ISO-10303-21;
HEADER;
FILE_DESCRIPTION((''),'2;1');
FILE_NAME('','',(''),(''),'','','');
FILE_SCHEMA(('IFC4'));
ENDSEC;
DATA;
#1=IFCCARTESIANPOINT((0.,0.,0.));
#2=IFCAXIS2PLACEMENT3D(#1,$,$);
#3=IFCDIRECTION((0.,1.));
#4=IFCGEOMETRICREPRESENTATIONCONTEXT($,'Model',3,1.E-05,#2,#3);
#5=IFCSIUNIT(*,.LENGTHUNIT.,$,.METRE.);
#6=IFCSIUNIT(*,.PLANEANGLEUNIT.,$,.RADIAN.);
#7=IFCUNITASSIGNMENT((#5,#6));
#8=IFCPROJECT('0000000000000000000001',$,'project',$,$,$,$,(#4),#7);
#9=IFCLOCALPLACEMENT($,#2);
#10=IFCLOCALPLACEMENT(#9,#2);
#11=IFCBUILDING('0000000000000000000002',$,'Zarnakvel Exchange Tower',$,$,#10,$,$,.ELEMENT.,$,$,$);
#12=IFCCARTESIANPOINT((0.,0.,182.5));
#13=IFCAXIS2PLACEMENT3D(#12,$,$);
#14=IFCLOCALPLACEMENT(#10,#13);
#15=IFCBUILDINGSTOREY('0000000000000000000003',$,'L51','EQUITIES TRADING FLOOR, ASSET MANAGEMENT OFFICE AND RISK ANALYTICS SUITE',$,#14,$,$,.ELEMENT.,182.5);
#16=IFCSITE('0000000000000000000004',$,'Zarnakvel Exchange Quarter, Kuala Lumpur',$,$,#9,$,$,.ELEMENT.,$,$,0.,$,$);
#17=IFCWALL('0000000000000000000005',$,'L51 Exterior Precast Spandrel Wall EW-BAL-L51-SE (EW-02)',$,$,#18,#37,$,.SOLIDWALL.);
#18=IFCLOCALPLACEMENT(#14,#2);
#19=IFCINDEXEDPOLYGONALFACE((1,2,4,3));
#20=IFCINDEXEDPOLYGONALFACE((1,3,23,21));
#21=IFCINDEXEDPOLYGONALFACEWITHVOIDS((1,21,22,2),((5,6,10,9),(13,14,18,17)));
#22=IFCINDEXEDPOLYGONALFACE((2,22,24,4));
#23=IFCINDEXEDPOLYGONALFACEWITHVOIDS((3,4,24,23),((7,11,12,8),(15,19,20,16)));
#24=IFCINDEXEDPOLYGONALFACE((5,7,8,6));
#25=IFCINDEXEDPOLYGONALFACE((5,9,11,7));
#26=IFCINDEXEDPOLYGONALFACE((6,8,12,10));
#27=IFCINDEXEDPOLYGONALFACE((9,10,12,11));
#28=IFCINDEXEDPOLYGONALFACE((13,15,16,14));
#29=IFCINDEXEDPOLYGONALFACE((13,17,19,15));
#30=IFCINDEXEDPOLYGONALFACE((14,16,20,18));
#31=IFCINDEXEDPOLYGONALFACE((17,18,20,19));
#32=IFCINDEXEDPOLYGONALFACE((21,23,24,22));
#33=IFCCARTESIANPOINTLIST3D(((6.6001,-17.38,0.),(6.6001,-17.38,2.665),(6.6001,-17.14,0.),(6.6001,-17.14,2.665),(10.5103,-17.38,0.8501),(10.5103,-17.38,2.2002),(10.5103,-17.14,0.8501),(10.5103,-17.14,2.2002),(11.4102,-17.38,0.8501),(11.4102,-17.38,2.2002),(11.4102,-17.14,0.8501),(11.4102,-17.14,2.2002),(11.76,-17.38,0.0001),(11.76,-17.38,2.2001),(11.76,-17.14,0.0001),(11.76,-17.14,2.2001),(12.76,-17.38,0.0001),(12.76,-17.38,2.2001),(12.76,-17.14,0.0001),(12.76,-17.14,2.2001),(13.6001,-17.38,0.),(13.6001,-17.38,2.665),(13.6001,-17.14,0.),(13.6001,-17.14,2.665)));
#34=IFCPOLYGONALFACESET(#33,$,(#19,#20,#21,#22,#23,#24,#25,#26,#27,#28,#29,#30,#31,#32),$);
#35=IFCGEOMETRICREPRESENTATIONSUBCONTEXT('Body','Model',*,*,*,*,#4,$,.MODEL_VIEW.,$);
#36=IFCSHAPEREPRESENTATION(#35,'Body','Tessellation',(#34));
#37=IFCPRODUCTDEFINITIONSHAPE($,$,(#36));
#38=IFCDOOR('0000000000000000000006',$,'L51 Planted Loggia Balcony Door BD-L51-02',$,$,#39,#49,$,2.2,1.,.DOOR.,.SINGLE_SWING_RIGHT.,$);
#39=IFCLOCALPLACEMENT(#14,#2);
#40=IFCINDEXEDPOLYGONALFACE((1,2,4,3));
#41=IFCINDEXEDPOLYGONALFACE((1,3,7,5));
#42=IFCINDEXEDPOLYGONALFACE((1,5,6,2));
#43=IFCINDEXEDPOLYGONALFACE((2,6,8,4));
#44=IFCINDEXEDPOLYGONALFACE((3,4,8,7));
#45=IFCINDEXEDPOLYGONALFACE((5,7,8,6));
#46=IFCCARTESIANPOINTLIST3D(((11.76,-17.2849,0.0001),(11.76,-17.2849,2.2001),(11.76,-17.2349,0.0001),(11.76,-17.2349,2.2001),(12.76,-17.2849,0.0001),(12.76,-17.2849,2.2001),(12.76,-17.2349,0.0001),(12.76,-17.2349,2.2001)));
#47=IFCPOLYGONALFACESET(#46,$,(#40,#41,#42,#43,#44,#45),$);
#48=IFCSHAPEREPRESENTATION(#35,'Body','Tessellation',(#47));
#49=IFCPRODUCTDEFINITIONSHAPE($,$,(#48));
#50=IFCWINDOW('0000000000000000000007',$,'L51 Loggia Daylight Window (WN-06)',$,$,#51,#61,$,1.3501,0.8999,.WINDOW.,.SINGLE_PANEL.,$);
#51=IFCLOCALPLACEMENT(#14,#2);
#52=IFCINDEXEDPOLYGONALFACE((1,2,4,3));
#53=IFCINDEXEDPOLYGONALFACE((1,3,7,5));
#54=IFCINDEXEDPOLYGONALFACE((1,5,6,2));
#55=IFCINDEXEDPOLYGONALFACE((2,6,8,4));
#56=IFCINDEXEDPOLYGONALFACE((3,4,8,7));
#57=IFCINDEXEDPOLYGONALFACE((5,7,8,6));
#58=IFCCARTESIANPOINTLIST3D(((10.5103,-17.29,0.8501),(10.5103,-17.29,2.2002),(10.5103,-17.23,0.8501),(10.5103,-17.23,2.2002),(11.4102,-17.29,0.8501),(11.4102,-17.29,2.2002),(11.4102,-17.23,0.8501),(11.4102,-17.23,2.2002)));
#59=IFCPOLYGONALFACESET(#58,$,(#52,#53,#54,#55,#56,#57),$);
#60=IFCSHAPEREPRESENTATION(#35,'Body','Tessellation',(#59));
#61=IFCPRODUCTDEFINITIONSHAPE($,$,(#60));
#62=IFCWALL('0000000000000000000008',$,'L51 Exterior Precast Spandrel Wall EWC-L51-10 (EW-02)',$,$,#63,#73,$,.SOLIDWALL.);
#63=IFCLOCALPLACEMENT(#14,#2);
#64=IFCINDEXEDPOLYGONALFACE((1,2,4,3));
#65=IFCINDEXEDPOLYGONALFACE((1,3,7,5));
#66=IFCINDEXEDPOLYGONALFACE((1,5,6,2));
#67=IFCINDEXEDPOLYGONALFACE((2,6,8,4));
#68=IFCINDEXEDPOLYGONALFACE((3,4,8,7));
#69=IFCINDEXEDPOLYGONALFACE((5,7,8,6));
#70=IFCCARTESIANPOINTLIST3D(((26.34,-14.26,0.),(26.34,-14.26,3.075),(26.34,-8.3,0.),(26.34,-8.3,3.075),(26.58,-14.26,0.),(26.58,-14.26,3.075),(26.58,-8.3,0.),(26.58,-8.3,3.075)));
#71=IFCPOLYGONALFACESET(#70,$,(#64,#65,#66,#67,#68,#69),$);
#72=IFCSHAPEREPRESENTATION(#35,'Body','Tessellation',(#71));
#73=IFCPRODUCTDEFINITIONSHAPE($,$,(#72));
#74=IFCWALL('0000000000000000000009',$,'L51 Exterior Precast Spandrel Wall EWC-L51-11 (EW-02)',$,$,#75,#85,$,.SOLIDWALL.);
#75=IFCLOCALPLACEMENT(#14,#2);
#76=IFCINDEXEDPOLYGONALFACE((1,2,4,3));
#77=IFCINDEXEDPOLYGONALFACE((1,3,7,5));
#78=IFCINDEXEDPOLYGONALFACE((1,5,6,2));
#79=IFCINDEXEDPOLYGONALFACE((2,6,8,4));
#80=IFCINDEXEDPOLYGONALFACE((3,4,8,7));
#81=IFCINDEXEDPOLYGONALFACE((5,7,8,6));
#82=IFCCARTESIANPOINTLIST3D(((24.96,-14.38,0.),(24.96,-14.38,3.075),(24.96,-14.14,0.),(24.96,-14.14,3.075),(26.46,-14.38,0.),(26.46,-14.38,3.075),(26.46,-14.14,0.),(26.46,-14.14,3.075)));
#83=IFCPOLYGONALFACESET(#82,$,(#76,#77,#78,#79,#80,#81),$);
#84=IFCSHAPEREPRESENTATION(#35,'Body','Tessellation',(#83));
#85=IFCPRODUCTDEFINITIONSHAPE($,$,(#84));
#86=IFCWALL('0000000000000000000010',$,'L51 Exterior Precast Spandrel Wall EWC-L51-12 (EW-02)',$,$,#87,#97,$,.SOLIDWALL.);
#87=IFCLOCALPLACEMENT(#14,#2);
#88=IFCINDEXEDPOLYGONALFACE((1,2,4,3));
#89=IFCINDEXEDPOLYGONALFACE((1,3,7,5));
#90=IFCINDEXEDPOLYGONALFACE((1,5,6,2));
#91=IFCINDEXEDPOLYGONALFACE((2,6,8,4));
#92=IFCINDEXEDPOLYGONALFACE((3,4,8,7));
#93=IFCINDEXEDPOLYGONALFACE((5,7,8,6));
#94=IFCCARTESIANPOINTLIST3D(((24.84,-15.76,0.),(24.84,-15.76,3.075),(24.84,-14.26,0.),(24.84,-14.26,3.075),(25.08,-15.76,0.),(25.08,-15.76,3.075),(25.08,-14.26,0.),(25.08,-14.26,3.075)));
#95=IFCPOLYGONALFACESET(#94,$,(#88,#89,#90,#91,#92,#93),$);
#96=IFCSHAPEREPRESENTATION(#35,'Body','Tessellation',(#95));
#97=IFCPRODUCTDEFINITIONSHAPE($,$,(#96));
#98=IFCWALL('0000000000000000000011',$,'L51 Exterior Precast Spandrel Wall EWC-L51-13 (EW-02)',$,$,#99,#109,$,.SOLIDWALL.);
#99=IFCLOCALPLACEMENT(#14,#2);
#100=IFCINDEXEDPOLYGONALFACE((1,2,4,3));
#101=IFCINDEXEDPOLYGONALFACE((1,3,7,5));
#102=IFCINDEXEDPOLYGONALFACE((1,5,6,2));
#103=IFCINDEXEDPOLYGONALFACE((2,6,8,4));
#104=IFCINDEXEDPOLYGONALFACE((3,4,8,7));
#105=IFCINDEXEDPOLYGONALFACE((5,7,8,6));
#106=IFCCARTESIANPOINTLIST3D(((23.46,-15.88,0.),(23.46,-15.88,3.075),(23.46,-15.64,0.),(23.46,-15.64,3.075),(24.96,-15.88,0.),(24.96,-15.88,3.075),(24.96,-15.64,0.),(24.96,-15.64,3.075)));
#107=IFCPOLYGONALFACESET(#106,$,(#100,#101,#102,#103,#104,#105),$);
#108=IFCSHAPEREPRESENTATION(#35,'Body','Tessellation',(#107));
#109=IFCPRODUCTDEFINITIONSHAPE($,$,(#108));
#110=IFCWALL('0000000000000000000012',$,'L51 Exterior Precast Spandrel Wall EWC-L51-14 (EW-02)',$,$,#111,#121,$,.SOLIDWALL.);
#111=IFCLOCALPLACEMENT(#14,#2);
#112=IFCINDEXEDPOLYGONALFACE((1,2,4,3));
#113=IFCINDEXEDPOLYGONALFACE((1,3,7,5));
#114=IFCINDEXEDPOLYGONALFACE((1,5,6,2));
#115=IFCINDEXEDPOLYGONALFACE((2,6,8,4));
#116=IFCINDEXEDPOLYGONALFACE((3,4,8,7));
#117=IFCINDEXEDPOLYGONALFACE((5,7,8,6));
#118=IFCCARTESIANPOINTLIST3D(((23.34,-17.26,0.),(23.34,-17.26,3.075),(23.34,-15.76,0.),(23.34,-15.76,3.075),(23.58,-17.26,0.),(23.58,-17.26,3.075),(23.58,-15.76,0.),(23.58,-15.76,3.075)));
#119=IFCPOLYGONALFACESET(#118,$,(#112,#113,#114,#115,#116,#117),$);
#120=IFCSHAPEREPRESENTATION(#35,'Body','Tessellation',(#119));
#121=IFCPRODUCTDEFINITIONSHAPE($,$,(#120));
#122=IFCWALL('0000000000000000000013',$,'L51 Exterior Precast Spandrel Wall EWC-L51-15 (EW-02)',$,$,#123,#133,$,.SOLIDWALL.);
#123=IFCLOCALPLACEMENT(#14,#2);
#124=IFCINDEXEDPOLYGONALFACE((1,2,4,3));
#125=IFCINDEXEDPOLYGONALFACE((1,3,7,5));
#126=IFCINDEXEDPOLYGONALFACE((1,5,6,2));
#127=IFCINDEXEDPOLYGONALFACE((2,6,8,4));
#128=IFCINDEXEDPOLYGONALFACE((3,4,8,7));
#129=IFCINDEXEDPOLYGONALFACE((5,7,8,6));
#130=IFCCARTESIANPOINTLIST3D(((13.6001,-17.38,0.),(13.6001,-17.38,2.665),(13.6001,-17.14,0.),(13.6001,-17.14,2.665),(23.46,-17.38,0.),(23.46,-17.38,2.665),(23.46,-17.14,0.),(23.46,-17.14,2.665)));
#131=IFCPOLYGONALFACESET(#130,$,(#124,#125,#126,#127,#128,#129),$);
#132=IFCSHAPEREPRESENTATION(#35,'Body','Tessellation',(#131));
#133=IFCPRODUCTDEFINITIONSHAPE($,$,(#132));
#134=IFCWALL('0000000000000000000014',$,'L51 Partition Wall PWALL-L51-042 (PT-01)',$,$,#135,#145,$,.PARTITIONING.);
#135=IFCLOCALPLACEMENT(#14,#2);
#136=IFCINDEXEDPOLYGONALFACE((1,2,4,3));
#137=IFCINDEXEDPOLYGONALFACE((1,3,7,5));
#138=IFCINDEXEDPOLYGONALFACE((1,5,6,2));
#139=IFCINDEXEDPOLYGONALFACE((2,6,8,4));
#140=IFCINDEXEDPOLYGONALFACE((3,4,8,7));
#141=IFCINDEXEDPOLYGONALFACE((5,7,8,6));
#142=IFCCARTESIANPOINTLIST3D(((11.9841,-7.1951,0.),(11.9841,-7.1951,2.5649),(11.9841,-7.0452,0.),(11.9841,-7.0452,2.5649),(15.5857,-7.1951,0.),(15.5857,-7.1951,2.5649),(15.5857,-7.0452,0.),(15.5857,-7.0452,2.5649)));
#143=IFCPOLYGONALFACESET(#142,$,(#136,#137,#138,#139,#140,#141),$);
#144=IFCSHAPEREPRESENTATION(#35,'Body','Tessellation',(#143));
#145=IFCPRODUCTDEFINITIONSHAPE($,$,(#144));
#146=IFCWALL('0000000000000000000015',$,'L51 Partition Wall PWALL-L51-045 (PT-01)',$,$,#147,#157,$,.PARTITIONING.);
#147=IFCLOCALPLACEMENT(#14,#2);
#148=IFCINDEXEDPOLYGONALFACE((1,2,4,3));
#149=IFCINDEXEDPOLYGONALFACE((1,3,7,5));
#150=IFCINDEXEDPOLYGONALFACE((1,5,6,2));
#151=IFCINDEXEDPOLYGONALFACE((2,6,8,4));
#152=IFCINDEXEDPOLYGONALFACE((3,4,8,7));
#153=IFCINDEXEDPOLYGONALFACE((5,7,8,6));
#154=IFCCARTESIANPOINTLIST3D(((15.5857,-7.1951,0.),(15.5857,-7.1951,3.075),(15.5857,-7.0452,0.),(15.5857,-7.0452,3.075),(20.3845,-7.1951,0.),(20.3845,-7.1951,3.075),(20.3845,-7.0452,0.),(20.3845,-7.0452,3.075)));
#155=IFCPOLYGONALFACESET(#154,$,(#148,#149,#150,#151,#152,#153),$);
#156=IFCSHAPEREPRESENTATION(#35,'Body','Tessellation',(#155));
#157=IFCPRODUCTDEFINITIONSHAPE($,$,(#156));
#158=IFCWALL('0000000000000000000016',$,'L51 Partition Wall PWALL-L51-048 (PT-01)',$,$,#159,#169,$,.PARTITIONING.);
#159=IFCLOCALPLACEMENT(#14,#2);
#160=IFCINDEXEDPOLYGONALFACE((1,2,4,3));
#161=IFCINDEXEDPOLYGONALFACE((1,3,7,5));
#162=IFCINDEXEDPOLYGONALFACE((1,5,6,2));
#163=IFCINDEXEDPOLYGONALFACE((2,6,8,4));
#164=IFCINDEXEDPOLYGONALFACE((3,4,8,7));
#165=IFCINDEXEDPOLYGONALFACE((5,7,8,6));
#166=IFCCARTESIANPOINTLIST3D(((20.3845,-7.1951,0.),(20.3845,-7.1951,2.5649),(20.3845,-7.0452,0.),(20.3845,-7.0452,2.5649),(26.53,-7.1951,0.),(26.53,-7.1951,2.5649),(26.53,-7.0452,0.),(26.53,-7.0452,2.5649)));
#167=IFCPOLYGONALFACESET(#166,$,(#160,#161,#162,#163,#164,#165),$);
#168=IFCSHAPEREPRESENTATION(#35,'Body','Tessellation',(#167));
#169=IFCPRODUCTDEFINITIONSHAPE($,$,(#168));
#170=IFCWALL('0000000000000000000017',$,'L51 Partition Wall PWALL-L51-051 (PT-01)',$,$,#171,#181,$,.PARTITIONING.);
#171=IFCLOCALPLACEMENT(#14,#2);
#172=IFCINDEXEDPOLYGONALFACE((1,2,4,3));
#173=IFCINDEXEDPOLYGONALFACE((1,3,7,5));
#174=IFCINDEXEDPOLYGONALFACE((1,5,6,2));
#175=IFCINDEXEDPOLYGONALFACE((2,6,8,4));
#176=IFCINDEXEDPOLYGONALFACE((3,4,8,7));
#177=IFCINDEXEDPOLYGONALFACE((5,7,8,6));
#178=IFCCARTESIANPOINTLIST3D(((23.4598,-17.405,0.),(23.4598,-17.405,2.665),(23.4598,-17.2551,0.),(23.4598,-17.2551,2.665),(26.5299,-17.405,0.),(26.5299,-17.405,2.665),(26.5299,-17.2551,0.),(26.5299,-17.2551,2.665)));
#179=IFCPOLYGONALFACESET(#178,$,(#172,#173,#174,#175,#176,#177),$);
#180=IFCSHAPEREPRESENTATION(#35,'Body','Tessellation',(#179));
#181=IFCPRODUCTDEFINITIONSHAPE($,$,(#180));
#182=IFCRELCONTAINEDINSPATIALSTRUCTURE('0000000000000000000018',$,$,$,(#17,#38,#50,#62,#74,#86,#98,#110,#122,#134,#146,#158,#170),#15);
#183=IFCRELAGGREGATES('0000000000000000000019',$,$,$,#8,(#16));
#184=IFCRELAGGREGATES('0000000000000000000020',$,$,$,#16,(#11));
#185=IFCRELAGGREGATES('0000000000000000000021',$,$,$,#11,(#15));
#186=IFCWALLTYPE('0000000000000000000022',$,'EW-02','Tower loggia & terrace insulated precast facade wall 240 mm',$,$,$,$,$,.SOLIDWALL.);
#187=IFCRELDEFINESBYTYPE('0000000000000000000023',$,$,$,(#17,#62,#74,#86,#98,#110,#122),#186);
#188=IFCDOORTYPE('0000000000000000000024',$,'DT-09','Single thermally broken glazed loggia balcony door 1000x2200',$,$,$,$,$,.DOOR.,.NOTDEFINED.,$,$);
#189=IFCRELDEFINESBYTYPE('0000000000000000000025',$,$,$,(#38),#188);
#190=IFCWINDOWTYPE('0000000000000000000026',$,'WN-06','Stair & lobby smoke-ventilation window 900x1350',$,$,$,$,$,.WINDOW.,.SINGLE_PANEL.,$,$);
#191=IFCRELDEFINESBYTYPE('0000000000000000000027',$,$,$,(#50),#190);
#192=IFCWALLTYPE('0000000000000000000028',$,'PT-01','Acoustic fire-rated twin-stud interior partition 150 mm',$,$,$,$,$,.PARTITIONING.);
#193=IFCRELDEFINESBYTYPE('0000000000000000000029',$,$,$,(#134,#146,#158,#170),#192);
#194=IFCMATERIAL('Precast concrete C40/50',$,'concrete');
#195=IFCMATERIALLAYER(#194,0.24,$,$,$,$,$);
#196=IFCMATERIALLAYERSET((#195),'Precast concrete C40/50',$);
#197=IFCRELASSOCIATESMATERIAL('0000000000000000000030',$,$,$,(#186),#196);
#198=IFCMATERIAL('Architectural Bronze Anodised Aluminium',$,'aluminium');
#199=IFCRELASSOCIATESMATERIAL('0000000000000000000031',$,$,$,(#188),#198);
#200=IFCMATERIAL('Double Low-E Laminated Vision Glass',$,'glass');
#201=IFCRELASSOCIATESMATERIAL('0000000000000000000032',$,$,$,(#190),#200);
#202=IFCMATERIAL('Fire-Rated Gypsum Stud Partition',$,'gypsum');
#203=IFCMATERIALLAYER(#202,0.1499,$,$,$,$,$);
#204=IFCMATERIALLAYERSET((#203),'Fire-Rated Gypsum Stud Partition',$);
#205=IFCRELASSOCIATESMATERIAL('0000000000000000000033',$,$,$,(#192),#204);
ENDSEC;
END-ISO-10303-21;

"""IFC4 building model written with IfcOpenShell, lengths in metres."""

from ifc_helpers import new_model, si_unit, direction, frame, frame_2d, origin, place, context, subcontext, project, spatial, rectangle, extrude, source, transform, mapped, material, layer, layer_set, type_object, element, fill, save


model = new_model("IFC4")

# Units and contexts
model_context = context("Model", 3, precision=1e-05, world=origin(), true_north=direction((0.0, 1.0)))
body_context = subcontext(model_context, "Body", "Model", "MODEL_VIEW")
ifc_project = project(units=[si_unit("LENGTHUNIT", "METRE"), si_unit("PLANEANGLEUNIT", "RADIAN")], contexts=[model_context])

# Site, building, storey
site_placement = place(None, origin())
site = spatial("IfcSite", under=ifc_project, at=site_placement, Name="Zarnakvel Exchange Quarter, Kuala Lumpur", CompositionType="ELEMENT", RefElevation=0.0)
building_placement = place(site_placement, origin())
building = spatial("IfcBuilding", under=site, at=building_placement, Name="Zarnakvel Exchange Tower", CompositionType="ELEMENT")
storey_placement = place(building_placement, frame((0.0, 0.0, 182.5)))
storey = spatial("IfcBuildingStorey", under=building, at=storey_placement, Name="L51", Description="EQUITIES TRADING FLOOR, ASSET MANAGEMENT OFFICE AND RISK ANALYTICS SUITE", CompositionType="ELEMENT", Elevation=182.5)

# Wall, openings, door, window
ifc_material_1 = material(Name="Precast concrete C40/50", Category="concrete")
ifc_layer_1 = layer(ifc_material_1, 0.24)
ifc_layer_set_1 = layer_set([ifc_layer_1], Name="Precast concrete C40/50")
wall_type_1 = type_object("IfcWallType", Name="EW-02", Description="Tower loggia & terrace insulated precast facade wall 240 mm", PredefinedType="SOLIDWALL", material=ifc_layer_set_1)
wall_1_placement = place(storey_placement, frame((13.6001, -17.26, 0.0), z_axis=(0.0, 0.0, 1.0), x_axis=(-1.0, 0.0, 0.0)))
wall_1 = element("IfcWall", 1, at=wall_1_placement, inside=storey, type_object=wall_type_1, Name="L51 Exterior Precast Spandrel Wall EW-BAL-L51-SE (EW-02)", PredefinedType="SOLIDWALL", context=body_context, shape_type="SweptSolid", body=[
    extrude(rectangle(XDim=7.0, YDim=0.24, at=frame_2d((3.5, 0.0))), origin(), (0.0, 0.0, 1.0), 2.665),
])
opening_1_placement = place(wall_1_placement, frame((0.8401, 0.0, 0.0)))
opening_1 = element("IfcOpeningElement", 2, at=opening_1_placement, cuts=wall_1, PredefinedType="OPENING", context=body_context, shape_type="SweptSolid", body=[
    extrude(rectangle(XDim=1.0, YDim=2.2, at=frame_2d((0.5, 1.1001))), frame((0.0, 0.1299, 0.0), z_axis=(0.0, -1.0, 0.0), x_axis=(1.0, 0.0, 0.0)), (0.0, 0.0, 1.0), 0.26),
])
opening_2_placement = place(wall_1_placement, frame((2.1899, 0.0, 0.8501)))
opening_2 = element("IfcOpeningElement", 3, at=opening_2_placement, cuts=wall_1, PredefinedType="OPENING", context=body_context, shape_type="SweptSolid", body=[
    extrude(rectangle(XDim=0.8999, YDim=1.3501, at=frame_2d((0.45, 0.675))), frame((0.0, 0.1299, 0.0), z_axis=(0.0, -1.0, 0.0), x_axis=(1.0, 0.0, 0.0)), (0.0, 0.0, 1.0), 0.26),
])
ifc_material_2 = material(Name="Architectural Bronze Anodised Aluminium", Category="aluminium")
door_type = type_object("IfcDoorType", Name="DT-09", Description="Single thermally broken glazed loggia balcony door 1000x2200", OperationType="NOTDEFINED", PredefinedType="DOOR", material=ifc_material_2)
shared_shape_1 = source(origin(), body_context, "Body", "SweptSolid", [
    extrude(rectangle(XDim=1.0, YDim=2.2, at=frame_2d((0.5, 1.1001))), frame((0.0, 0.0249, 0.0), z_axis=(0.0, -1.0, 0.0), x_axis=(1.0, 0.0, 0.0)), (0.0, 0.0, 1.0), 0.05),
])
door_placement = place(opening_1_placement, origin())
door = element("IfcDoor", 4, at=door_placement, inside=storey, type_object=door_type, Name="L51 Planted Loggia Balcony Door BD-L51-02", OperationType="SINGLE_SWING_RIGHT", OverallHeight=2.2, OverallWidth=1.0, PredefinedType="DOOR", context=body_context, shape_type="MappedRepresentation", body=[
    mapped(shared_shape_1, transform((0.0, 0.0, 0.0), x_axis=(1.0, 0.0, 0.0), y_axis=(0.0, 1.0, 0.0), z_axis=(0.0, 0.0, 1.0), scale=1.0)),
])
fill(opening_1, door)
ifc_material_3 = material(Name="Double Low-E Laminated Vision Glass", Category="glass")
window_type = type_object("IfcWindowType", Name="WN-06", Description="Stair & lobby smoke-ventilation window 900x1350", PartitioningType="SINGLE_PANEL", PredefinedType="WINDOW", material=ifc_material_3)
shared_shape_2 = source(origin(), body_context, "Body", "SweptSolid", [
    extrude(rectangle(XDim=0.8999, YDim=1.3501, at=frame_2d((0.45, 0.675))), frame((0.0, 0.03, 0.0), z_axis=(0.0, -1.0, 0.0), x_axis=(1.0, 0.0, 0.0)), (0.0, 0.0, 1.0), 0.0601),
])
window_placement = place(opening_2_placement, origin())
window = element("IfcWindow", 5, at=window_placement, inside=storey, type_object=window_type, Name="L51 Loggia Daylight Window (WN-06)", OverallHeight=1.3501, OverallWidth=0.8999, PartitioningType="SINGLE_PANEL", PredefinedType="WINDOW", context=body_context, shape_type="MappedRepresentation", body=[
    mapped(shared_shape_2, transform((0.0, 0.0, 0.0), x_axis=(1.0, 0.0, 0.0), y_axis=(0.0, 1.0, 0.0), z_axis=(0.0, 0.0, 1.0), scale=1.0)),
])
fill(opening_2, window)

# Walls
wall_2_placement = place(storey_placement, frame((26.46, -14.26, 0.0), z_axis=(0.0, 0.0, 1.0), x_axis=(0.0, 1.0, 0.0)))
element("IfcWall", 6, at=wall_2_placement, inside=storey, type_object=wall_type_1, Name="L51 Exterior Precast Spandrel Wall EWC-L51-10 (EW-02)", PredefinedType="SOLIDWALL", context=body_context, shape_type="SweptSolid", body=[
    extrude(rectangle(XDim=5.96, YDim=0.24, at=frame_2d((2.98, 0.0))), origin(), (0.0, 0.0, 1.0), 3.075),
])
for number, where, z_axis, x_axis, name in (
    (7, (24.96, -14.26, 0.0), (0.0, 0.0, 1.0), (1.0, 0.0, 0.0), "L51 Exterior Precast Spandrel Wall EWC-L51-11 (EW-02)"),
    (8, (24.96, -15.76, 0.0), (0.0, 0.0, 1.0), (0.0, 1.0, 0.0), "L51 Exterior Precast Spandrel Wall EWC-L51-12 (EW-02)"),
    (9, (23.46, -15.76, 0.0), (0.0, 0.0, 1.0), (1.0, 0.0, 0.0), "L51 Exterior Precast Spandrel Wall EWC-L51-13 (EW-02)"),
    (10, (23.46, -17.26, 0.0), (0.0, 0.0, 1.0), (0.0, 1.0, 0.0), "L51 Exterior Precast Spandrel Wall EWC-L51-14 (EW-02)"),
):
    element("IfcWall", number, at=place(storey_placement, frame(where, z_axis=z_axis, x_axis=x_axis)), inside=storey, type_object=wall_type_1, Name=name, PredefinedType="SOLIDWALL", context=body_context, shape_type="SweptSolid", body=[
        extrude(rectangle(XDim=1.5, YDim=0.24, at=frame_2d((0.75, 0.0))), origin(), (0.0, 0.0, 1.0), 3.075),
    ])
wall_3_placement = place(storey_placement, frame((13.6001, -17.26, 0.0), z_axis=(0.0, 0.0, 1.0), x_axis=(1.0, 0.0, 0.0)))
element("IfcWall", 11, at=wall_3_placement, inside=storey, type_object=wall_type_1, Name="L51 Exterior Precast Spandrel Wall EWC-L51-15 (EW-02)", PredefinedType="SOLIDWALL", context=body_context, shape_type="SweptSolid", body=[
    extrude(rectangle(XDim=9.8599, YDim=0.24, at=frame_2d((4.9299, 0.0))), origin(), (0.0, 0.0, 1.0), 2.665),
])
ifc_material_4 = material(Name="Fire-Rated Gypsum Stud Partition", Category="gypsum")
ifc_layer_2 = layer(ifc_material_4, 0.1499)
ifc_layer_set_2 = layer_set([ifc_layer_2], Name="Fire-Rated Gypsum Stud Partition")
wall_type_2 = type_object("IfcWallType", Name="PT-01", Description="Acoustic fire-rated twin-stud interior partition 150 mm", PredefinedType="PARTITIONING", material=ifc_layer_set_2)
wall_4_placement = place(storey_placement, frame((15.5857, -7.1201, 0.0), z_axis=(0.0, 0.0, 1.0), x_axis=(-1.0, 0.0, 0.0)))
element("IfcWall", 12, at=wall_4_placement, inside=storey, type_object=wall_type_2, Name="L51 Partition Wall PWALL-L51-042 (PT-01)", PredefinedType="PARTITIONING", context=body_context, shape_type="SweptSolid", body=[
    extrude(rectangle(XDim=3.6016, YDim=0.1499, at=frame_2d((1.8008, 0.0))), origin(), (0.0, 0.0, 1.0), 2.5649),
])
wall_5_placement = place(storey_placement, frame((20.3845, -7.1201, 0.0), z_axis=(0.0, 0.0, 1.0), x_axis=(-1.0, 0.0, 0.0)))
element("IfcWall", 13, at=wall_5_placement, inside=storey, type_object=wall_type_2, Name="L51 Partition Wall PWALL-L51-045 (PT-01)", PredefinedType="PARTITIONING", context=body_context, shape_type="SweptSolid", body=[
    extrude(rectangle(XDim=4.7988, YDim=0.1499, at=frame_2d((2.3994, 0.0))), origin(), (0.0, 0.0, 1.0), 3.075),
])
wall_6_placement = place(storey_placement, frame((26.53, -7.1201, 0.0), z_axis=(0.0, 0.0, 1.0), x_axis=(-1.0, 0.0, 0.0)))
element("IfcWall", 14, at=wall_6_placement, inside=storey, type_object=wall_type_2, Name="L51 Partition Wall PWALL-L51-048 (PT-01)", PredefinedType="PARTITIONING", context=body_context, shape_type="SweptSolid", body=[
    extrude(rectangle(XDim=6.1455, YDim=0.1499, at=frame_2d((3.0728, 0.0))), origin(), (0.0, 0.0, 1.0), 2.5649),
])
wall_7_placement = place(storey_placement, frame((26.53, -17.3301, 0.0), z_axis=(0.0, 0.0, 1.0), x_axis=(-1.0, 0.0, 0.0)))
element("IfcWall", 15, at=wall_7_placement, inside=storey, type_object=wall_type_2, Name="L51 Partition Wall PWALL-L51-051 (PT-01)", PredefinedType="PARTITIONING", context=body_context, shape_type="SweptSolid", body=[
    extrude(rectangle(XDim=3.0701, YDim=0.1499, at=frame_2d((1.5352, 0.0))), origin(), (0.0, 0.0, 1.0), 2.665),
])

save(model, "model.ifc")
